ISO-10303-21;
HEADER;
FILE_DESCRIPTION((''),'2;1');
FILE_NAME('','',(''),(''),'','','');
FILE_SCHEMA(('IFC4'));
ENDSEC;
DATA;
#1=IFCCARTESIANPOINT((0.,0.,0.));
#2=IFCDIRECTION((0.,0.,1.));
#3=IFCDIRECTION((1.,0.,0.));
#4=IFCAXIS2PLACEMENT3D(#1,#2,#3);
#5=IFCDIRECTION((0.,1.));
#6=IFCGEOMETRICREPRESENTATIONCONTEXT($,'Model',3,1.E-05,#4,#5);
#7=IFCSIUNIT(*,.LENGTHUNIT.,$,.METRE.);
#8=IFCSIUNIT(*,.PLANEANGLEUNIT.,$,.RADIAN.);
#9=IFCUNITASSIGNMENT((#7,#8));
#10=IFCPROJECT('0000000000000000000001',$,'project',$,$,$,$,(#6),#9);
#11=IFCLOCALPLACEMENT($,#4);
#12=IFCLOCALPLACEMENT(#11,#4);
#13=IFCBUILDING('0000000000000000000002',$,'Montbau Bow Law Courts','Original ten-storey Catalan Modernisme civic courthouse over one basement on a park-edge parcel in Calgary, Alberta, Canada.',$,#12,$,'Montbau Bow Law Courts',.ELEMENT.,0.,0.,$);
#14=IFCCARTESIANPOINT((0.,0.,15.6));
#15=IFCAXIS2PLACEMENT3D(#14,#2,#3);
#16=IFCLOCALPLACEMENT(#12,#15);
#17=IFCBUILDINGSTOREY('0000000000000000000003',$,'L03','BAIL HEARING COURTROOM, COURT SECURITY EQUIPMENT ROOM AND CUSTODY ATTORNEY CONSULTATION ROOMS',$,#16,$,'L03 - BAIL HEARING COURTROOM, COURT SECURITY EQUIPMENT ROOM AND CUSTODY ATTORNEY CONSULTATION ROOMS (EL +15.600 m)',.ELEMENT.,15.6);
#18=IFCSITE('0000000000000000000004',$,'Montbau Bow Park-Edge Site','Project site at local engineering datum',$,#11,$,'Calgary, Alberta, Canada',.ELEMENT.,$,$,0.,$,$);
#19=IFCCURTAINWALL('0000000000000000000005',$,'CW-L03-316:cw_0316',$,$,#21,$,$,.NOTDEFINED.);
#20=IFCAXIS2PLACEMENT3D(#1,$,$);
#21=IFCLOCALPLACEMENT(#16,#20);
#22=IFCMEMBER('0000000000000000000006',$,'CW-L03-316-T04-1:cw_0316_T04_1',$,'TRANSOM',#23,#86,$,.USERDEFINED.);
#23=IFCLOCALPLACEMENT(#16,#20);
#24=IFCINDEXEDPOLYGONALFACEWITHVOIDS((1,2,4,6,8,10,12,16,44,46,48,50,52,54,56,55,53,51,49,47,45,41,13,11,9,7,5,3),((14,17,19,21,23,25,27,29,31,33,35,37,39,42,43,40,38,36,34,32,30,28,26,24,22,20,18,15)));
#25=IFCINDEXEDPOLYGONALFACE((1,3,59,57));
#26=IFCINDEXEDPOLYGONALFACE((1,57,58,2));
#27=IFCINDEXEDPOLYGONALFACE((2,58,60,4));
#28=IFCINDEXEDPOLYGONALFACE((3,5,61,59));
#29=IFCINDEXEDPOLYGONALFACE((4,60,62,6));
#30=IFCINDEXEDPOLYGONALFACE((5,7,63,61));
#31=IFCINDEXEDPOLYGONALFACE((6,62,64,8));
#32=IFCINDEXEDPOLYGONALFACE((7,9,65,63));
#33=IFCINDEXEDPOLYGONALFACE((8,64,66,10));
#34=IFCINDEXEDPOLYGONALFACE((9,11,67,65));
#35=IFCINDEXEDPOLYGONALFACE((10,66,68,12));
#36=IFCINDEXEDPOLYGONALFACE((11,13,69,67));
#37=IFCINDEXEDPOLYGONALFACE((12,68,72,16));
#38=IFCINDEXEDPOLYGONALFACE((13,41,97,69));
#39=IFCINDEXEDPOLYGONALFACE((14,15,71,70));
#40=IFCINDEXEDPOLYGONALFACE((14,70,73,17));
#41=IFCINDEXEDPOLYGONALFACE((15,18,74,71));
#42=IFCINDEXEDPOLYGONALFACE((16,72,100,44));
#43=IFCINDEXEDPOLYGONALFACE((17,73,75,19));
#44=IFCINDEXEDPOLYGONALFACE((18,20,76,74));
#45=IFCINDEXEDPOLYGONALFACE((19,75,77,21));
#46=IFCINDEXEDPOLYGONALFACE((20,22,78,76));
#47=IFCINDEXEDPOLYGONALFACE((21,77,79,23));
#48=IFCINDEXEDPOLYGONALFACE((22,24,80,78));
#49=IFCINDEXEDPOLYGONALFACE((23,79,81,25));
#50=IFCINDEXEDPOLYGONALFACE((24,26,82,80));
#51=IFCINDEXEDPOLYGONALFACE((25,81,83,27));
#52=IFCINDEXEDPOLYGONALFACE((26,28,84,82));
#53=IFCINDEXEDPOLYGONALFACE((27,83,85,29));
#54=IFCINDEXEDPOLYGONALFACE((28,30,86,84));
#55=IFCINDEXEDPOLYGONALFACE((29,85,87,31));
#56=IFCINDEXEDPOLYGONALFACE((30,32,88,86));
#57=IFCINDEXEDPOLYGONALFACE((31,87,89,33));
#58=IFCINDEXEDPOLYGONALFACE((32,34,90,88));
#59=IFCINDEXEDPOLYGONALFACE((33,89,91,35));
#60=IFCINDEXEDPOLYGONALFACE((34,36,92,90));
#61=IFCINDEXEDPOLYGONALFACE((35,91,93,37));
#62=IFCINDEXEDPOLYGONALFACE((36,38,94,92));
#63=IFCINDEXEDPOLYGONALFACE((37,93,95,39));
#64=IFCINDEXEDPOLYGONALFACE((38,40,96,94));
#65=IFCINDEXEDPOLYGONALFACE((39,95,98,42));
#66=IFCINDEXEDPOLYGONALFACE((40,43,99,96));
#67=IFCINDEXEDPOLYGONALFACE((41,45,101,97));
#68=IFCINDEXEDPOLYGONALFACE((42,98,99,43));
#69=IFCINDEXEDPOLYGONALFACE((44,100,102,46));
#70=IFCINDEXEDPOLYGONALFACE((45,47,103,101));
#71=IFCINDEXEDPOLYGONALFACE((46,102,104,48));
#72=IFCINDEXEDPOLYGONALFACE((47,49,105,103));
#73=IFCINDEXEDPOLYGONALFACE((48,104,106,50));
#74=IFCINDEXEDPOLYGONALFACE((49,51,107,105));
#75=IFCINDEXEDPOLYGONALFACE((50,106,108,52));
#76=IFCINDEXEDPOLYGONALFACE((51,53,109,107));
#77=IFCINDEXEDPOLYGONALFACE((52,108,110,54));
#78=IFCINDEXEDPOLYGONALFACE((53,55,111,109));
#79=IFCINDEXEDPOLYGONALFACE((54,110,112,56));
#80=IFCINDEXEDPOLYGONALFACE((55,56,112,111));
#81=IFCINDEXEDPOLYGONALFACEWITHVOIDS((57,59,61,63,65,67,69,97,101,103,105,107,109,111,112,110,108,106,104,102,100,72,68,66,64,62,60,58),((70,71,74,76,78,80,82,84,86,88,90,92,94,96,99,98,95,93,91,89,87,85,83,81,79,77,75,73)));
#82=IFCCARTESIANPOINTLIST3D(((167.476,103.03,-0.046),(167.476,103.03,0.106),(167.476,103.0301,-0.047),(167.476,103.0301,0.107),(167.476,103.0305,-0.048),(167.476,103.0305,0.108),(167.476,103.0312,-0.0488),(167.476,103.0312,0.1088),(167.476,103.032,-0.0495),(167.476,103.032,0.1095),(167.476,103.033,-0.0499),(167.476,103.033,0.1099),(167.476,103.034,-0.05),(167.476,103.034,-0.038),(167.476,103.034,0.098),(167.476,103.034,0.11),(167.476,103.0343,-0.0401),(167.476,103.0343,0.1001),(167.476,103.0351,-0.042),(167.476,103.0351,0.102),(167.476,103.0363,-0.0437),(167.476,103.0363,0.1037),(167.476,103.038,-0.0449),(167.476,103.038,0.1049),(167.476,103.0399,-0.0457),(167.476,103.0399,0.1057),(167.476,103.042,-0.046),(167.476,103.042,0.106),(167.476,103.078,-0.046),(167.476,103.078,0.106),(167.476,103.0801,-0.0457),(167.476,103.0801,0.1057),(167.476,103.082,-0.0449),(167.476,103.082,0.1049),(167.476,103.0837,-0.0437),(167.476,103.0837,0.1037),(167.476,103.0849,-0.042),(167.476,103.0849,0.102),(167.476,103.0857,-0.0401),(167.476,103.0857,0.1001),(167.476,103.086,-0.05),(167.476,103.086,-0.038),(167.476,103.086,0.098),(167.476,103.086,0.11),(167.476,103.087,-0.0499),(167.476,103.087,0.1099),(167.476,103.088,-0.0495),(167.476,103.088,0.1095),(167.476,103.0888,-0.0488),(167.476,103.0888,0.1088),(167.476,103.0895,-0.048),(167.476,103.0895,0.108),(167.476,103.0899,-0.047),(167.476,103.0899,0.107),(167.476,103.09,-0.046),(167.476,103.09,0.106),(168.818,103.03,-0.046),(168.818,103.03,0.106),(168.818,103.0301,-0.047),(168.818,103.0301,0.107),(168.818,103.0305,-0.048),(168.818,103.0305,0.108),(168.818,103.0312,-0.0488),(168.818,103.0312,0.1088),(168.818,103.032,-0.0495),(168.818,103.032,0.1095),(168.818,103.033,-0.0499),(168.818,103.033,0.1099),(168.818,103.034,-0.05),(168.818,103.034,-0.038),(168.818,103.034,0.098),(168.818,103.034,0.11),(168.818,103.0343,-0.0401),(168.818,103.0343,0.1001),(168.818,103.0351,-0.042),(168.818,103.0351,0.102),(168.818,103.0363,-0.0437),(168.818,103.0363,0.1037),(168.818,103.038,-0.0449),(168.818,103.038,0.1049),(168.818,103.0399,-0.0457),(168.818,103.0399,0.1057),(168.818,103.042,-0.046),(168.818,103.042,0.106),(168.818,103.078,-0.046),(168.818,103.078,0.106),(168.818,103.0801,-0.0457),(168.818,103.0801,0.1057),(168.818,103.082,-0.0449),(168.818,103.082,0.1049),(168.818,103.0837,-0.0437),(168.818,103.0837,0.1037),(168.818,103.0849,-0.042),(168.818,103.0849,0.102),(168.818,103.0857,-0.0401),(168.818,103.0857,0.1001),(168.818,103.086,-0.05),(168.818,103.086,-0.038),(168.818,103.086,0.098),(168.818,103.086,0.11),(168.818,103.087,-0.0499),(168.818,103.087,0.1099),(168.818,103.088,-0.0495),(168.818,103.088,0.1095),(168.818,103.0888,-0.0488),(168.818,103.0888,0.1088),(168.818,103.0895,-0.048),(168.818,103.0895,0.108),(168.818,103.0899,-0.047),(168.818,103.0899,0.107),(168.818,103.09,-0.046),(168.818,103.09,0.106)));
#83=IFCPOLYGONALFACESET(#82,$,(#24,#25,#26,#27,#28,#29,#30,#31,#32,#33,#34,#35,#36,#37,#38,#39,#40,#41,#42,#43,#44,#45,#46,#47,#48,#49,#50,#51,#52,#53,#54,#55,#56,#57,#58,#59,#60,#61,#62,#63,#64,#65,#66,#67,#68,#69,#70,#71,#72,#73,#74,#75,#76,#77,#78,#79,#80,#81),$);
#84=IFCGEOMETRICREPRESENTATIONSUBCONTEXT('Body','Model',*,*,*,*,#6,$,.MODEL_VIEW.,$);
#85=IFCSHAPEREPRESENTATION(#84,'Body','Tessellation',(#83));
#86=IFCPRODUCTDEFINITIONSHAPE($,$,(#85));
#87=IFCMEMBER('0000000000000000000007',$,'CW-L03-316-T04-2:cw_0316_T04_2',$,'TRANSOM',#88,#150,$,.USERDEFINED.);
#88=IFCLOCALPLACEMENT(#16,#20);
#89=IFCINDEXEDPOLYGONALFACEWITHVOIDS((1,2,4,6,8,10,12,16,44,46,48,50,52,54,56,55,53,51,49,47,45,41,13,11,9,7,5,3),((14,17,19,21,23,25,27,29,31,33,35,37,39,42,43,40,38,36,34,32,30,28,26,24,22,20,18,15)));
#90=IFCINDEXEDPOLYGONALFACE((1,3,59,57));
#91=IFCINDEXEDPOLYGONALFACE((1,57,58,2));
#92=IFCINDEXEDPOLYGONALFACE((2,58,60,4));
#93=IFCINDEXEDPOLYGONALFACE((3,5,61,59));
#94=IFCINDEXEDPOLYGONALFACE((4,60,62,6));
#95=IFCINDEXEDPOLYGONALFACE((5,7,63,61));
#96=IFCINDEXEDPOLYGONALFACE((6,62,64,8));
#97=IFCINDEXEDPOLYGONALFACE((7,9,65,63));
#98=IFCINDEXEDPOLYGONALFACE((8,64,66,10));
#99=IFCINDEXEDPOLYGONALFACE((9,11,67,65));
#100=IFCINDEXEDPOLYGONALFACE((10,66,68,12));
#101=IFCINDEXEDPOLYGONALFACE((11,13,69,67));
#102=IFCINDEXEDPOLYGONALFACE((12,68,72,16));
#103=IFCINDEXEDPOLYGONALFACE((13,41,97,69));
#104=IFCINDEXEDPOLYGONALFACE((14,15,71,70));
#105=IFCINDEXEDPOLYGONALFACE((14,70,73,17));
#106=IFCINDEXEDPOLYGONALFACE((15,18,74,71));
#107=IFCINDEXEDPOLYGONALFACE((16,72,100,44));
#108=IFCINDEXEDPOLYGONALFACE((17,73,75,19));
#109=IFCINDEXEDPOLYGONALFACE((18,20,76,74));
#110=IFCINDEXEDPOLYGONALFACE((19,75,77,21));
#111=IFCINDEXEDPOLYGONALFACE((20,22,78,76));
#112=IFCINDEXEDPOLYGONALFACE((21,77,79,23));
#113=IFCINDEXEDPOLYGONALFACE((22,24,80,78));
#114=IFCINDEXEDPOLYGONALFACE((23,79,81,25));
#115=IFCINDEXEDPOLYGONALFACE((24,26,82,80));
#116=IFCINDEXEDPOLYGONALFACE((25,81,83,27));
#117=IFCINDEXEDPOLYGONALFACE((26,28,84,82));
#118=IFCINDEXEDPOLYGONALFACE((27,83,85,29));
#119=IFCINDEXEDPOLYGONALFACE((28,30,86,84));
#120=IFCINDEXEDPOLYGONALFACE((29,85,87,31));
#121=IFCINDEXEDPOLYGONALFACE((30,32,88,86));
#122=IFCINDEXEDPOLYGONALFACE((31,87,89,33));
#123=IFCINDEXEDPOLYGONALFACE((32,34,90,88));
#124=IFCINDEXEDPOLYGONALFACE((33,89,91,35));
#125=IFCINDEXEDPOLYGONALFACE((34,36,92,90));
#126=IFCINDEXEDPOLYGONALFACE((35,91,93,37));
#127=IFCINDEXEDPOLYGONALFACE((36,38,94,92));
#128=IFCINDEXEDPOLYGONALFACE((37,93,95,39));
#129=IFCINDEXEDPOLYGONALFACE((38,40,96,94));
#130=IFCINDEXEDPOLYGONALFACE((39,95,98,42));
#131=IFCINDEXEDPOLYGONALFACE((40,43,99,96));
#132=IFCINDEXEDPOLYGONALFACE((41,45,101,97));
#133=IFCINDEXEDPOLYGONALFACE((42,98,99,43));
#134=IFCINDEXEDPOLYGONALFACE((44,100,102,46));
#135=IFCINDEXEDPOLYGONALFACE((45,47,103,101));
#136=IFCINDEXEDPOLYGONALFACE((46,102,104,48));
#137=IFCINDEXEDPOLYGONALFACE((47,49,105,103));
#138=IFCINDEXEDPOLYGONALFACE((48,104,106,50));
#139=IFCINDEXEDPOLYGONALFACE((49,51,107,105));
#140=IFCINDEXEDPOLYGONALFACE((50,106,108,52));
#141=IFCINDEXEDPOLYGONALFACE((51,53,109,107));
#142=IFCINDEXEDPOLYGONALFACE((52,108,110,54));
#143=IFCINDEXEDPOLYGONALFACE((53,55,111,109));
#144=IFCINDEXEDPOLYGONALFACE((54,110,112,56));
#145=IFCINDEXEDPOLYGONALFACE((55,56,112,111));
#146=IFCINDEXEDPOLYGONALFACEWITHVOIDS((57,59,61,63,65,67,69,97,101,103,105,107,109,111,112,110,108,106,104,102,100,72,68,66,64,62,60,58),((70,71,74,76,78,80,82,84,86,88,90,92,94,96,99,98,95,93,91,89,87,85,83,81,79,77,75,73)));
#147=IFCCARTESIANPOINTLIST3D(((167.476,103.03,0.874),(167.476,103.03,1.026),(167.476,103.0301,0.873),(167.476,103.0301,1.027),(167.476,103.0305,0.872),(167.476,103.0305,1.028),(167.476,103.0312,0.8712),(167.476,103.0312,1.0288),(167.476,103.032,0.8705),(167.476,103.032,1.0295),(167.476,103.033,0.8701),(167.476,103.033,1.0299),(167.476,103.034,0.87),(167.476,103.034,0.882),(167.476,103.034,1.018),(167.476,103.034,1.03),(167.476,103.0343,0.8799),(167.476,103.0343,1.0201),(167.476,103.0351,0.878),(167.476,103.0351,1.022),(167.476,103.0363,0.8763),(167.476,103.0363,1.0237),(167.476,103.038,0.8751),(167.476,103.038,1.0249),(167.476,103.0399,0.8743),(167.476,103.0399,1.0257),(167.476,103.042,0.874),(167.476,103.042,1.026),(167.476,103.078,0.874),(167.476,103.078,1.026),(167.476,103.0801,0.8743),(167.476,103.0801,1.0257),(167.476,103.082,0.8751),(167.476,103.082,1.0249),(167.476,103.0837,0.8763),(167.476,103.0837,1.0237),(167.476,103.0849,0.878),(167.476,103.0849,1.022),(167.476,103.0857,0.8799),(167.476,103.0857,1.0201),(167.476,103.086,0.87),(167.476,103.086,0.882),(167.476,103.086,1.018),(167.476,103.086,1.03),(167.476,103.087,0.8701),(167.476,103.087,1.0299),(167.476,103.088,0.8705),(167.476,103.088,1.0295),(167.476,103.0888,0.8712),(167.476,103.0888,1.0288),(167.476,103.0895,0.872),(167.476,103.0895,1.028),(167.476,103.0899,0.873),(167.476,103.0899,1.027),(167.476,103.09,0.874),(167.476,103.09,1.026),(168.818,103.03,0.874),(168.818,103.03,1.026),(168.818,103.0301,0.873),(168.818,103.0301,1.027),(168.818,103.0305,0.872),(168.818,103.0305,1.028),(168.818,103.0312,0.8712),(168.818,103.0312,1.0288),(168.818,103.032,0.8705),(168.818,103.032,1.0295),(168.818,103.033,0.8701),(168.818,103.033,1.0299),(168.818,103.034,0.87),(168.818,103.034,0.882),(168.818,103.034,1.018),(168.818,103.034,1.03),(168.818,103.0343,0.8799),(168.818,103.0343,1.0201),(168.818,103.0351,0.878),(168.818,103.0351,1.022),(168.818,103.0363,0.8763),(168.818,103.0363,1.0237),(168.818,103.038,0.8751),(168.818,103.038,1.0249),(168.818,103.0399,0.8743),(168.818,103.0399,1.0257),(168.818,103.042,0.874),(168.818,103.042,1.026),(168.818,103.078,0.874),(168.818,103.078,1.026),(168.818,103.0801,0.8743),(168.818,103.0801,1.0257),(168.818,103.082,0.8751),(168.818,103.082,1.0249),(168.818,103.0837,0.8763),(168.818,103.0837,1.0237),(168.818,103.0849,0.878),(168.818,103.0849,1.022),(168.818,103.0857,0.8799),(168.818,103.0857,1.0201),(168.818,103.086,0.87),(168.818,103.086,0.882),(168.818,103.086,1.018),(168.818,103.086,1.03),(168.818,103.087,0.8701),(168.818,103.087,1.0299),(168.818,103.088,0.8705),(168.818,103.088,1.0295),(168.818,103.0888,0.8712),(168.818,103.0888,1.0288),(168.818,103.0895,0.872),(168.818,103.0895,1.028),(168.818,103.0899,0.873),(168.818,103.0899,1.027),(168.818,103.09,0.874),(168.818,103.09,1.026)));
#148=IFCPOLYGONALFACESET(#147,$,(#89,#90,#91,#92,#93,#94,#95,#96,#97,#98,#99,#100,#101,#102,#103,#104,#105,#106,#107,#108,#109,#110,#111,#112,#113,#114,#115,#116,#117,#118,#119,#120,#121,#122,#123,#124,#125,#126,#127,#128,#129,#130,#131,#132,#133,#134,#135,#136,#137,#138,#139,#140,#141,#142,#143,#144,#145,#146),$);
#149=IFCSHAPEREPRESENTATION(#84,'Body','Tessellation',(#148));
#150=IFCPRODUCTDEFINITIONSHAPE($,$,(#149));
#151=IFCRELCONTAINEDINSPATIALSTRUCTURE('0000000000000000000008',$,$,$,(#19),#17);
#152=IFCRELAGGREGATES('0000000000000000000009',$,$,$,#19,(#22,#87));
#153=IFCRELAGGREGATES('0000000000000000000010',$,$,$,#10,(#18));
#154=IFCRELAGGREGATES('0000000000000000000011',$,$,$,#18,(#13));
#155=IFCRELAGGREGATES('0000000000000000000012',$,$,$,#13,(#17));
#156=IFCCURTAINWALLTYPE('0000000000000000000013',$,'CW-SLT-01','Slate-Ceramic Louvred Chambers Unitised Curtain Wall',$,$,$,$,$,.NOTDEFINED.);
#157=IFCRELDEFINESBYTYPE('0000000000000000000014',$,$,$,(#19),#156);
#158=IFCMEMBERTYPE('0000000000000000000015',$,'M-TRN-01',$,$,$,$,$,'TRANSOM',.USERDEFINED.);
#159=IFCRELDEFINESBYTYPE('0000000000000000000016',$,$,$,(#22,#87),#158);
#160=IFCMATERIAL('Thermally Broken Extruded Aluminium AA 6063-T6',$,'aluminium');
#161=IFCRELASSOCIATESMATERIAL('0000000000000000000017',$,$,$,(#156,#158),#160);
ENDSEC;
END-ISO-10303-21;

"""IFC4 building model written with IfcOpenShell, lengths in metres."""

from ifc_helpers import new_model, si_unit, direction, frame, origin_with_axes, origin_2d_with_axis, place, context, subcontext, project, spatial, hollow_rectangle, extrude, material, material_profile, profile_set, type_object, element, aggregate, save


model = new_model("IFC4")

# Units and contexts
model_context = context("Model", 3, precision=1e-05, world=origin_with_axes(), true_north=direction((0.0, 1.0)))
body_context = subcontext(model_context, "Body", "Model", "MODEL_VIEW")
ifc_project = project(units=[si_unit("LENGTHUNIT", "METRE"), si_unit("PLANEANGLEUNIT", "RADIAN")], contexts=[model_context])

# Site, building, storey
site_placement = place(None, origin_with_axes())
site = spatial("IfcSite", under=ifc_project, at=site_placement, Name="Montbau Bow Park-Edge Site", Description="Project site at local engineering datum", LongName="Calgary, Alberta, Canada", CompositionType="ELEMENT", RefElevation=0.0)
building_placement = place(site_placement, origin_with_axes())
building = spatial("IfcBuilding", under=site, at=building_placement, Name="Montbau Bow Law Courts", Description="Original ten-storey Catalan Modernisme civic courthouse over one basement on a park-edge parcel in Calgary, Alberta, Canada.", LongName="Montbau Bow Law Courts", CompositionType="ELEMENT", ElevationOfRefHeight=0.0, ElevationOfTerrain=0.0)
storey_placement = place(building_placement, frame((0.0, 0.0, 15.6), z_axis=(0.0, 0.0, 1.0), x_axis=(1.0, 0.0, 0.0)))
storey = spatial("IfcBuildingStorey", under=building, at=storey_placement, Name="L03", Description="BAIL HEARING COURTROOM, COURT SECURITY EQUIPMENT ROOM AND CUSTODY ATTORNEY CONSULTATION ROOMS", LongName="L03 - BAIL HEARING COURTROOM, COURT SECURITY EQUIPMENT ROOM AND CUSTODY ATTORNEY CONSULTATION ROOMS (EL +15.600 m)", CompositionType="ELEMENT", Elevation=15.6)

# Shared definitions
ifc_material_1 = material(Name="Thermally Broken Extruded Aluminium AA 6063-T6", Category="aluminium")
curtain_wall_type = type_object("IfcCurtainWallType", Name="CW-SLT-01", Description="Slate-Ceramic Louvred Chambers Unitised Curtain Wall", PredefinedType="NOTDEFINED", material=ifc_material_1)

# Curtain wall, members
curtain_wall_1_placement = place(None, frame((163.115, 103.06, 15.6), z_axis=(0.0, 0.0, 1.0), x_axis=(1.0, 0.0, 0.0)))
curtain_wall_1 = element("IfcCurtainWall", 1, at=curtain_wall_1_placement, inside=storey, type_object=curtain_wall_type, Name="CW-L03-316:cw_0316", PredefinedType="NOTDEFINED")
ifc_material_profile_1 = material_profile(ifc_material_1, hollow_rectangle(XDim=0.06, YDim=0.16, WallThickness=0.004, InnerFilletRadius=0.008, OuterFilletRadius=0.004, at=origin_2d_with_axis()), Name="CWT-160X60", Category="Main", Priority=0)
ifc_profile_set_1 = profile_set([ifc_material_profile_1], Name="Thermally Broken Extruded Aluminium AA 6063-T6")
member_type_1 = type_object("IfcMemberType", Name="M-TRN-01", ElementType="TRANSOM", PredefinedType="USERDEFINED", material=ifc_profile_set_1)
member_1_placement = place(None, frame((167.476, 103.06, 15.63), z_axis=(1.0, 0.0, 0.0), x_axis=(0.0, 1.0, 0.0)))
member_1 = element("IfcMember", 2, at=member_1_placement, type_object=member_type_1, Name="CW-L03-316-T04-1:cw_0316_T04_1", ObjectType="TRANSOM", PredefinedType="USERDEFINED", context=body_context, shape_type="SweptSolid", body=[
    extrude(hollow_rectangle(XDim=0.06, YDim=0.16, WallThickness=0.004, InnerFilletRadius=0.008, OuterFilletRadius=0.004, at=origin_2d_with_axis()), origin_with_axes(), (0.0, 0.0, 1.0), 1.342),
])
member_2_placement = place(None, frame((167.476, 103.06, 16.55), z_axis=(1.0, 0.0, 0.0), x_axis=(0.0, 1.0, 0.0)))
member_2 = element("IfcMember", 3, at=member_2_placement, type_object=member_type_1, Name="CW-L03-316-T04-2:cw_0316_T04_2", ObjectType="TRANSOM", PredefinedType="USERDEFINED", context=body_context, shape_type="SweptSolid", body=[
    extrude(hollow_rectangle(XDim=0.06, YDim=0.16, WallThickness=0.004, InnerFilletRadius=0.008, OuterFilletRadius=0.004, at=origin_2d_with_axis()), origin_with_axes(), (0.0, 0.0, 1.0), 1.342),
])
aggregate(curtain_wall_1, [member_1, member_2])

save(model, "model.ifc")
